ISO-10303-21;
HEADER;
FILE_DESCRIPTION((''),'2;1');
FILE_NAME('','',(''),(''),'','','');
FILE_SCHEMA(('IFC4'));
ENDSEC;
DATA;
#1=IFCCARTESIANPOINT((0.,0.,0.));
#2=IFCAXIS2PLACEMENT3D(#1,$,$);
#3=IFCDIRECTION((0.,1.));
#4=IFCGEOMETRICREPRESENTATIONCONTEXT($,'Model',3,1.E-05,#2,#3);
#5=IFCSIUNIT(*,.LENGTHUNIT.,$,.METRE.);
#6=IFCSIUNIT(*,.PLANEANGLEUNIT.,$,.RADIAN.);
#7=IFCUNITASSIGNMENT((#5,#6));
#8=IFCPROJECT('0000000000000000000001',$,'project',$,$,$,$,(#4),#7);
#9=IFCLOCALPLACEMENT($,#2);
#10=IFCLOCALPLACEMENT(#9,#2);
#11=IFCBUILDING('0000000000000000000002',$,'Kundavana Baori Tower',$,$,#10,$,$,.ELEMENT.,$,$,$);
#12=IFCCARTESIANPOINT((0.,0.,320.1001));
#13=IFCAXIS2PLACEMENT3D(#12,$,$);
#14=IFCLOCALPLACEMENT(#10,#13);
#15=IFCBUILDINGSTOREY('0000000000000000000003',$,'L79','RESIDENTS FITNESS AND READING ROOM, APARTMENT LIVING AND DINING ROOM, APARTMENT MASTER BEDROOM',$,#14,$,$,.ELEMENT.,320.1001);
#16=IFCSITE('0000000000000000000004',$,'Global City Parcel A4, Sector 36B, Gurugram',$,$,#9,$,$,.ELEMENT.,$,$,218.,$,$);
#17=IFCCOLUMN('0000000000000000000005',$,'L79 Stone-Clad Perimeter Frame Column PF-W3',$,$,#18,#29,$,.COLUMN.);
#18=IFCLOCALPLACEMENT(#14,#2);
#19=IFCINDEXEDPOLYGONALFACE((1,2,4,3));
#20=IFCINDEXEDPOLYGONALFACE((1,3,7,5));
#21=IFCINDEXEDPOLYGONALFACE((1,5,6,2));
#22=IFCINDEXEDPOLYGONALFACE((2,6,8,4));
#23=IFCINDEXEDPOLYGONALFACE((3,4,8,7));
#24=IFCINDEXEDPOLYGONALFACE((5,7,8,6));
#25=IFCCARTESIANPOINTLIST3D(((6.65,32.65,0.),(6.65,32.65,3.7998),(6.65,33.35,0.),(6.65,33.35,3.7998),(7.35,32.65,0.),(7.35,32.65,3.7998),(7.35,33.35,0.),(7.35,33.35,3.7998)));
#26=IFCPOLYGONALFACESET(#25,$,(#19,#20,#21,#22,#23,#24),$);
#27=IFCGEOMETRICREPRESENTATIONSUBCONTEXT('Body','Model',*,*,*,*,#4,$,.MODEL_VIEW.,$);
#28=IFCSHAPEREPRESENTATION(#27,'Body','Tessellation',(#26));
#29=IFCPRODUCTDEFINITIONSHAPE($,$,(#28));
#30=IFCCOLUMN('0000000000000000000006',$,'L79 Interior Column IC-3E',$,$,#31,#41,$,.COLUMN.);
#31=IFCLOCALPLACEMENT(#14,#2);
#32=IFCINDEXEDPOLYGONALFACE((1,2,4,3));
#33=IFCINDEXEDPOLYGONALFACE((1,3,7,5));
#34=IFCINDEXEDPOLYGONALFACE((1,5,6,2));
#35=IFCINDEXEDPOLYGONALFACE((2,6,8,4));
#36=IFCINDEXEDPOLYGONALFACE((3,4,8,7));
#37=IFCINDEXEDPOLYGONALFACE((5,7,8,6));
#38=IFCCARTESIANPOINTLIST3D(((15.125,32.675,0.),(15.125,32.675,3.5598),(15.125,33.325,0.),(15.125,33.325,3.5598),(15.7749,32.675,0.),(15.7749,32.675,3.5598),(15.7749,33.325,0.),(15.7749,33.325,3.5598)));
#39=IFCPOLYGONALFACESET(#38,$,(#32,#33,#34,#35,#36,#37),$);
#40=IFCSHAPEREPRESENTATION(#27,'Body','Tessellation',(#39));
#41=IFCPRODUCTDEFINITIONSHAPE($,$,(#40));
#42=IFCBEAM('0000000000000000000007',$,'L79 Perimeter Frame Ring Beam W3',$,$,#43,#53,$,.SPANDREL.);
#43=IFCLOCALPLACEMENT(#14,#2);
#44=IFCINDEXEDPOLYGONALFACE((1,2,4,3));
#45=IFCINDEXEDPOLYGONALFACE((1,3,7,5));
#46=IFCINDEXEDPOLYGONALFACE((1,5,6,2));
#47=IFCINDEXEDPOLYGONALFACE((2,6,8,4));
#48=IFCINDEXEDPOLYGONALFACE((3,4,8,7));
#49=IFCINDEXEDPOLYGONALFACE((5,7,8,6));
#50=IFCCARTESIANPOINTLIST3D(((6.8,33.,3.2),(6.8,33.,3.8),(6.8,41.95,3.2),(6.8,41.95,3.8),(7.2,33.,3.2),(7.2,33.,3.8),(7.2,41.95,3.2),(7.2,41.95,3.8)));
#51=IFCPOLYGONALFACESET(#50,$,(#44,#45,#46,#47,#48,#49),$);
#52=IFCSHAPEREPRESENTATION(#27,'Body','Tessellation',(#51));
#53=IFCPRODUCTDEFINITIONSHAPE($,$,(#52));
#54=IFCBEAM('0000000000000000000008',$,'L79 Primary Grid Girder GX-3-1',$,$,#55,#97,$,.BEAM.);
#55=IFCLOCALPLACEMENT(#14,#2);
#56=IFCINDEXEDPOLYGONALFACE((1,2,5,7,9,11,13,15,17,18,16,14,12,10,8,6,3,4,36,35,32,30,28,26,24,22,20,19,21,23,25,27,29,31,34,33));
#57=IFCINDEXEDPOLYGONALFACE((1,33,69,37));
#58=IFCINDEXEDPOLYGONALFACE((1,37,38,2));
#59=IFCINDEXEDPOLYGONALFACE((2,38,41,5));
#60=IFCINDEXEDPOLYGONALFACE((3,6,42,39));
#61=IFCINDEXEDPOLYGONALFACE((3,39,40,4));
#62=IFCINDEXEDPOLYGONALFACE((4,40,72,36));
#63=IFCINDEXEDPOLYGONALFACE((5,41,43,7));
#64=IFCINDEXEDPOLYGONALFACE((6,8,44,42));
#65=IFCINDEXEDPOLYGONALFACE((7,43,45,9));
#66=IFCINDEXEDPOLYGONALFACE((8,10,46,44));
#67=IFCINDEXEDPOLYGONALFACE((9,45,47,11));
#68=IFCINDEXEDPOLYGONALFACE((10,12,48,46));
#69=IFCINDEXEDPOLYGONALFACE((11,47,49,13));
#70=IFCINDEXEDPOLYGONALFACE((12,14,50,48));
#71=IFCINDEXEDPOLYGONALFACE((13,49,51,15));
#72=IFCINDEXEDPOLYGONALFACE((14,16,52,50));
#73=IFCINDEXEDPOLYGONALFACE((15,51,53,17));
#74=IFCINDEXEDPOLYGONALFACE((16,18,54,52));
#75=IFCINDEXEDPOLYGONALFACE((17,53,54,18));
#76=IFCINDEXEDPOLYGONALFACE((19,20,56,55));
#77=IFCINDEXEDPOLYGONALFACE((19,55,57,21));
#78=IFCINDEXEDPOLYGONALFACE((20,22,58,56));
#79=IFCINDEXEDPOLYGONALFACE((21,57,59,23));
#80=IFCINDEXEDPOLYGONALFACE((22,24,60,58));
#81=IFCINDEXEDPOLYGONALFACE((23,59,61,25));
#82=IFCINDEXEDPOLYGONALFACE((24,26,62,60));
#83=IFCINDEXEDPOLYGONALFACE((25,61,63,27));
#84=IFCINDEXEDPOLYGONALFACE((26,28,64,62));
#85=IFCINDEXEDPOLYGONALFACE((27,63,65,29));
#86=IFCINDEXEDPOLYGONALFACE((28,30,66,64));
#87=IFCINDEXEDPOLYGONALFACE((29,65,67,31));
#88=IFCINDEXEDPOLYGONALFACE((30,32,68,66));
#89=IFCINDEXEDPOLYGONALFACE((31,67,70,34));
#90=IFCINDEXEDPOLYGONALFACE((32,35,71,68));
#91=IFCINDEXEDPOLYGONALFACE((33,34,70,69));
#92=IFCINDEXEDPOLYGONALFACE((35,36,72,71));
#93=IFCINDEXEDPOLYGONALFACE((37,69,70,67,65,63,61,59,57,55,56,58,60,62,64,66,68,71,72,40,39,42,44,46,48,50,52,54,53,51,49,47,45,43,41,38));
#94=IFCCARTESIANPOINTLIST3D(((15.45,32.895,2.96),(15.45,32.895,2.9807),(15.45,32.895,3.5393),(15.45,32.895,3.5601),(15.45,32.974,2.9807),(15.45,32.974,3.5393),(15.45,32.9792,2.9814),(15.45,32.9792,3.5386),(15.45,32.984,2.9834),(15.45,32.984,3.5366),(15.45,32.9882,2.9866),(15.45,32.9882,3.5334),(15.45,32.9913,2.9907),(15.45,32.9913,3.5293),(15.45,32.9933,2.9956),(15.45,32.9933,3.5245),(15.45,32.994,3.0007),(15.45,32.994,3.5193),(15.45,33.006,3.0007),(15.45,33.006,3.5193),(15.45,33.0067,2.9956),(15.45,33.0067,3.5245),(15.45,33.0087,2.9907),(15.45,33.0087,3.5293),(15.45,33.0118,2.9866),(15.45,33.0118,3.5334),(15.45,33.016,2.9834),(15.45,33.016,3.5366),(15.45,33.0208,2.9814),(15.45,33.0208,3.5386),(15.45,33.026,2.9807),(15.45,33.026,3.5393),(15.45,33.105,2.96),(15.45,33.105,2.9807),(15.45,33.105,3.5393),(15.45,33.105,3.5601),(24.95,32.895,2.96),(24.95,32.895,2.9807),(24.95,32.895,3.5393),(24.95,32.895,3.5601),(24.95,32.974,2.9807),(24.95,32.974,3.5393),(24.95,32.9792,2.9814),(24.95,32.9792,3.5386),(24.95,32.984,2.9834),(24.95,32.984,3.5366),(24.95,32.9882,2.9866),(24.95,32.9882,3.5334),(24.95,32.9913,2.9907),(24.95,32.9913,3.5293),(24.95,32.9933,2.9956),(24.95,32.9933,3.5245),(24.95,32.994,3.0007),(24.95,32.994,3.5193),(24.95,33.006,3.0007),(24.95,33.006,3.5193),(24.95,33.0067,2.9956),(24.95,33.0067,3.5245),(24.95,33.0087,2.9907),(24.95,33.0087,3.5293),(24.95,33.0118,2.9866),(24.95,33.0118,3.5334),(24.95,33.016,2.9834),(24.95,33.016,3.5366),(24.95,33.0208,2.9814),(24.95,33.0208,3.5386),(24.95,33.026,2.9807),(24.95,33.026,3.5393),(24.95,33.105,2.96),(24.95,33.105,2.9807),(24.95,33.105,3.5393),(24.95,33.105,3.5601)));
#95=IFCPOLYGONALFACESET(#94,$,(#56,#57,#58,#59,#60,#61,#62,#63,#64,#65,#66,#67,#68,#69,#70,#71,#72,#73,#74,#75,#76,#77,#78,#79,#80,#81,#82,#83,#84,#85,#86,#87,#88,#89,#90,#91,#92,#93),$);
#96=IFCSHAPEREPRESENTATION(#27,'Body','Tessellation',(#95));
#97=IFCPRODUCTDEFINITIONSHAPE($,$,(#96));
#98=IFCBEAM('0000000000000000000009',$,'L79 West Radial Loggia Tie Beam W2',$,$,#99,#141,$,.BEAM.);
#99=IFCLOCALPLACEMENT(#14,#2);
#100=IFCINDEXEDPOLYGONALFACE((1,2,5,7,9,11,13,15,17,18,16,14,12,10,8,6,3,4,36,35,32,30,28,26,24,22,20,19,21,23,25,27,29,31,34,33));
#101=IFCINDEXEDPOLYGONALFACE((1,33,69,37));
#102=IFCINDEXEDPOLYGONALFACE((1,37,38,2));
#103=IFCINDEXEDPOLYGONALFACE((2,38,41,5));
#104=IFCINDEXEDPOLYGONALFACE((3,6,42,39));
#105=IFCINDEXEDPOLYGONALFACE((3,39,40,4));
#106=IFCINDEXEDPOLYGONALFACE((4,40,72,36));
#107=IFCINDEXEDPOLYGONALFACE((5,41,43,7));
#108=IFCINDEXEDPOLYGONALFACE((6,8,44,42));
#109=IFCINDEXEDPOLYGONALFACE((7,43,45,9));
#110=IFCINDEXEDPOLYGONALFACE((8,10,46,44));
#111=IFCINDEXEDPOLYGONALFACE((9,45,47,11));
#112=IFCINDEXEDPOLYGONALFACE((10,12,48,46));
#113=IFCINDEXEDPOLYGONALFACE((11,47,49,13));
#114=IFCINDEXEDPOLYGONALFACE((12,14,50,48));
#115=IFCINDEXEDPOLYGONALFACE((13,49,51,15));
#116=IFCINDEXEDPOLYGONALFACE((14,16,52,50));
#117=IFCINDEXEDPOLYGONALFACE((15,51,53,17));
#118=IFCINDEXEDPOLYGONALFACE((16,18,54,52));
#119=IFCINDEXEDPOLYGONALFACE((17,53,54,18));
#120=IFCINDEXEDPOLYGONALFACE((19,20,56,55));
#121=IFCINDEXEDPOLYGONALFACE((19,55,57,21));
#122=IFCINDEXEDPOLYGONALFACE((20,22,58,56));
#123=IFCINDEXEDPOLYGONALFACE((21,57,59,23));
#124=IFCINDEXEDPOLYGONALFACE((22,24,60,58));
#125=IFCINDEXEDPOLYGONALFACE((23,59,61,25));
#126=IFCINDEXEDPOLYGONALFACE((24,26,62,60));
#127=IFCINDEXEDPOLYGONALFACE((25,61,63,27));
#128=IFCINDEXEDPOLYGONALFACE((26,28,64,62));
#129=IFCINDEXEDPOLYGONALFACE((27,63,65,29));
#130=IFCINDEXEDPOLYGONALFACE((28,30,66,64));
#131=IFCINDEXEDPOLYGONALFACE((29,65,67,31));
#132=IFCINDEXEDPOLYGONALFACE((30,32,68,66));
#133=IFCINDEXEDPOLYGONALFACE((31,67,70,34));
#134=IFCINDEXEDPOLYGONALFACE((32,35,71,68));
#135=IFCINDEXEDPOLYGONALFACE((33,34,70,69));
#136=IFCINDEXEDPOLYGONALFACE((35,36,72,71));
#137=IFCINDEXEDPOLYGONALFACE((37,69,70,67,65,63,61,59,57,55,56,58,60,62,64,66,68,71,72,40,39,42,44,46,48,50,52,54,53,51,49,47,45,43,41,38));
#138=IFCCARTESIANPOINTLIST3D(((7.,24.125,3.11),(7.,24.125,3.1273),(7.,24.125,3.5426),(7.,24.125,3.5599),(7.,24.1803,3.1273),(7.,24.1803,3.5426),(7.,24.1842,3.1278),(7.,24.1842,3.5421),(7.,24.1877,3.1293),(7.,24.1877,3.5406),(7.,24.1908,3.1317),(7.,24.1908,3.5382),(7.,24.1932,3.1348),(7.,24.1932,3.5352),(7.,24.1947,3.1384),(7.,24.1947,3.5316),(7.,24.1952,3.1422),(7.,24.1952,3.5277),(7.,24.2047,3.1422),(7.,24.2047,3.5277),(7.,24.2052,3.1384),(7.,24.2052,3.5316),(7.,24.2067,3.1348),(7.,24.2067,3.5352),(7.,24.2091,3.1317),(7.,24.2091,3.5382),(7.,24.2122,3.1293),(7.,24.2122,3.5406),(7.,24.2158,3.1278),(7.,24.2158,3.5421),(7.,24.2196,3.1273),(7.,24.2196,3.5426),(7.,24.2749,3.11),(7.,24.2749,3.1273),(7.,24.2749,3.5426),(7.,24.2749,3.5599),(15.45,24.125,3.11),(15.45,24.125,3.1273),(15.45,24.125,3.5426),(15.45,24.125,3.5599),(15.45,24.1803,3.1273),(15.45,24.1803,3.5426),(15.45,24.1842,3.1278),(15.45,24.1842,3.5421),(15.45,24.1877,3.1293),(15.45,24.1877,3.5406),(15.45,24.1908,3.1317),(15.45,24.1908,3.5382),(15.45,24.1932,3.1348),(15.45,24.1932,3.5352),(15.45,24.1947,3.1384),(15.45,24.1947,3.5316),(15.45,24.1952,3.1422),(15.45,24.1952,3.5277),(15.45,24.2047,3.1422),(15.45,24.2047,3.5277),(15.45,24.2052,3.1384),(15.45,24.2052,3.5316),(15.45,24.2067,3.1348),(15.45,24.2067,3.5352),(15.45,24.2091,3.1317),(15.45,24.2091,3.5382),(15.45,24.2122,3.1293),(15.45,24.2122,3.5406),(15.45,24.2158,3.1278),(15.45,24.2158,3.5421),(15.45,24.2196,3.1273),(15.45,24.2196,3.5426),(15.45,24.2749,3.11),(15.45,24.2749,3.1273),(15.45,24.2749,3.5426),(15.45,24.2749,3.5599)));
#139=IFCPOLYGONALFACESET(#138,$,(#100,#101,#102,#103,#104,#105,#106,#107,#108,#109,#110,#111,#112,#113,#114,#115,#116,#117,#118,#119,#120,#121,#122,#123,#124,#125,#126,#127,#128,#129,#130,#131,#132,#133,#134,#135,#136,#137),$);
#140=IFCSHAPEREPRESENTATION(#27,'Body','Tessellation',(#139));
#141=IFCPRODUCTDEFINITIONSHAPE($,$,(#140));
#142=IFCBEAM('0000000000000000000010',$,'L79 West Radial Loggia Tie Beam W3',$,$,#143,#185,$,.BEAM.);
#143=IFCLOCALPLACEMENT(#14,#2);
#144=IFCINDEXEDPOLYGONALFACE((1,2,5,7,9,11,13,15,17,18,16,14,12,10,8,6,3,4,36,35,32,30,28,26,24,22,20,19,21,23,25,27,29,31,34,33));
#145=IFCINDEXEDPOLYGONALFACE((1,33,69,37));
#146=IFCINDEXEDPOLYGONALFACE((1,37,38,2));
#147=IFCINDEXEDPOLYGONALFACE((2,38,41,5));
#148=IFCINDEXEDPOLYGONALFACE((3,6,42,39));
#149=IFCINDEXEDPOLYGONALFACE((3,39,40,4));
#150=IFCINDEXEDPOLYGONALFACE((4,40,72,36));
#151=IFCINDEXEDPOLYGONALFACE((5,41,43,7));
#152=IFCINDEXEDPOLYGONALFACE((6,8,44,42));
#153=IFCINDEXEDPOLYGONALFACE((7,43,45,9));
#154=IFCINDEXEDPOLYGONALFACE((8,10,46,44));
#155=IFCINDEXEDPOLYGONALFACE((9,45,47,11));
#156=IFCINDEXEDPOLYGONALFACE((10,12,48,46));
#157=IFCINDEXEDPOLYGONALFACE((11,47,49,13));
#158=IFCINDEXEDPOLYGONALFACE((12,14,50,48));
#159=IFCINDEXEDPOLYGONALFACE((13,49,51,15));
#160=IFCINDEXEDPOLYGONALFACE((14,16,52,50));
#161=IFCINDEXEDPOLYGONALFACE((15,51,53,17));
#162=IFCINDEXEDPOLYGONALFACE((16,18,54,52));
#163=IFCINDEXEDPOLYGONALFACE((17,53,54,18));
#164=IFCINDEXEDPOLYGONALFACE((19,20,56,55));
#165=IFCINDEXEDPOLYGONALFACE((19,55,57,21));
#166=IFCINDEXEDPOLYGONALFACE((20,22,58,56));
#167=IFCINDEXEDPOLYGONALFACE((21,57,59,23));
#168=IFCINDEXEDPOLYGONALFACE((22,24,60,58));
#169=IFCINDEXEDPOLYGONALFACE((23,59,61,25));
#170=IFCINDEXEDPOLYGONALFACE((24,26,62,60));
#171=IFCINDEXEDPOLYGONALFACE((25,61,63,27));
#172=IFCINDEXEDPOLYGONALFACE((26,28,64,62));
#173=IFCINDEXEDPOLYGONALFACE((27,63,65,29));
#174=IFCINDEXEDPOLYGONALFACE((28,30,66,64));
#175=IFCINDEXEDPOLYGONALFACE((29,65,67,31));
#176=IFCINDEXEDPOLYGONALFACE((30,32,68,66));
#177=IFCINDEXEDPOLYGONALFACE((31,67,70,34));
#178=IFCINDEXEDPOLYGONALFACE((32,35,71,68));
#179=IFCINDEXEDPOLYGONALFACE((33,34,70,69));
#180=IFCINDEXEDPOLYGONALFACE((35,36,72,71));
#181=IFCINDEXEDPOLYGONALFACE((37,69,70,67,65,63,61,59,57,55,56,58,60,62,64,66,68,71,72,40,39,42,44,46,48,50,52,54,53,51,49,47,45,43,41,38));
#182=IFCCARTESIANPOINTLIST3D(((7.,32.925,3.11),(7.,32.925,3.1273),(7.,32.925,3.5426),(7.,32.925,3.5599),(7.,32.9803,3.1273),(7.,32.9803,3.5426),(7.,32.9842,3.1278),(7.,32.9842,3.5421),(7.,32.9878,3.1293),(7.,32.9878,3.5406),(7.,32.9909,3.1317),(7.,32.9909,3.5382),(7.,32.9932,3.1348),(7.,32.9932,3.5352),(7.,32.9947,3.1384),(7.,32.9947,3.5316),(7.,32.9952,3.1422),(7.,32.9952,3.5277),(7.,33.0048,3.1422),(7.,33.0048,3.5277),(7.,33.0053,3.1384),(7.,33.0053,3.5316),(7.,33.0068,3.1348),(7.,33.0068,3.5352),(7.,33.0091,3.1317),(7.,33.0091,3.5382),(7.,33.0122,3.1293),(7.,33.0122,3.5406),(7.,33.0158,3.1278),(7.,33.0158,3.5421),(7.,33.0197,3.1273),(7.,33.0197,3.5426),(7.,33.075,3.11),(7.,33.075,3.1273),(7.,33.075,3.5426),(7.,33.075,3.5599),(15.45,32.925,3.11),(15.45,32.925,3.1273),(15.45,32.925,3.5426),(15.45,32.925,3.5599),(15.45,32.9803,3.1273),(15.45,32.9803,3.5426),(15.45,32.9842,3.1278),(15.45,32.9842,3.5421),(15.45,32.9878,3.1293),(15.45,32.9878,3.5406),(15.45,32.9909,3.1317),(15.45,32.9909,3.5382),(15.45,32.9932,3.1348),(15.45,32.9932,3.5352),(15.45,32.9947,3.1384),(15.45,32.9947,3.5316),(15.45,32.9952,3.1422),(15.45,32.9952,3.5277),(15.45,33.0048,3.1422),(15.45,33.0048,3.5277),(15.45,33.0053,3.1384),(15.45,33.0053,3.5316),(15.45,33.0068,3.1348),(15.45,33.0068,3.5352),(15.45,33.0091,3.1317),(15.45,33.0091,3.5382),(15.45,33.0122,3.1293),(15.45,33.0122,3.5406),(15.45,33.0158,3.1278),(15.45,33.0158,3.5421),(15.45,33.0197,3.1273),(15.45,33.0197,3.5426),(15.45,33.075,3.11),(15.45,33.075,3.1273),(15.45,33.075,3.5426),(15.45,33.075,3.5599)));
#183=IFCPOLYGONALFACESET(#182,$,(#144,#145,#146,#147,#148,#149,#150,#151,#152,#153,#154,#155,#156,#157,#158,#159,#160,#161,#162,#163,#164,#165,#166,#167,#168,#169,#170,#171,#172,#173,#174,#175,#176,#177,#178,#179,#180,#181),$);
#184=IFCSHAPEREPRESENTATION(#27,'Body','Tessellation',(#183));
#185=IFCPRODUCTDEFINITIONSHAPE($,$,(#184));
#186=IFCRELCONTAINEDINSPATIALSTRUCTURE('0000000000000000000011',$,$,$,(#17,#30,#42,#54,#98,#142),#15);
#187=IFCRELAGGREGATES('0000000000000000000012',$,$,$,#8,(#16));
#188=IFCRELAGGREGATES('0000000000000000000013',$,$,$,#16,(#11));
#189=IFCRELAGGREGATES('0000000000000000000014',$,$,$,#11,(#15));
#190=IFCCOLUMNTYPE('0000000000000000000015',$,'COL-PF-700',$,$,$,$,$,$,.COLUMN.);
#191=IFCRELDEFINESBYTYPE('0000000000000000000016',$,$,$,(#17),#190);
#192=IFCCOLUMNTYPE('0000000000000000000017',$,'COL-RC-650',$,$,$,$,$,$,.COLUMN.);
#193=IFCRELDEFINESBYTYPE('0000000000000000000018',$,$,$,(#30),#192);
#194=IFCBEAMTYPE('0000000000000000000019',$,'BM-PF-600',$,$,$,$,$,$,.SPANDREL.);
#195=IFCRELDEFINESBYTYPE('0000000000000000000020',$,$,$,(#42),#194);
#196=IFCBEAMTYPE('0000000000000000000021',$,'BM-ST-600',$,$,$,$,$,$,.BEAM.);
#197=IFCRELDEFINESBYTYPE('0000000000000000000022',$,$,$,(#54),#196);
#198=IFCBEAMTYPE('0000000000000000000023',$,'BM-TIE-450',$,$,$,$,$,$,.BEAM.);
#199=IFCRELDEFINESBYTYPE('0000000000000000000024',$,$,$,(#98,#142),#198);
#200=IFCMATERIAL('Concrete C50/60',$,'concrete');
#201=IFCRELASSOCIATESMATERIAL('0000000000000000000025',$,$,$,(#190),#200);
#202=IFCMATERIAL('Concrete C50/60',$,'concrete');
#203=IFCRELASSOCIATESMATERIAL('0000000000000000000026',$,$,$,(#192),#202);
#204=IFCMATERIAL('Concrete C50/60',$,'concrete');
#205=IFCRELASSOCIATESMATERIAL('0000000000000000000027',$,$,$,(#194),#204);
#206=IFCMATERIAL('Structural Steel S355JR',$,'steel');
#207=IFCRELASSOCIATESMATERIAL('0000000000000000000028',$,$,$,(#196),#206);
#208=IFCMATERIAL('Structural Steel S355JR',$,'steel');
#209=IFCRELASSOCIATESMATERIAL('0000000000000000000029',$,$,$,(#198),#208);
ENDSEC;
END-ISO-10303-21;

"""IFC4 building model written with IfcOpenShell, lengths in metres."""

from ifc_helpers import new_model, si_unit, direction, frame, origin, origin_2d, place, context, subcontext, project, spatial, rectangle, i_section, extrude, material, material_profile, profile_set, type_object, element, save


model = new_model("IFC4")

# Units and contexts
model_context = context("Model", 3, precision=1e-05, world=origin(), true_north=direction((0.0, 1.0)))
body_context = subcontext(model_context, "Body", "Model", "MODEL_VIEW")
ifc_project = project(units=[si_unit("LENGTHUNIT", "METRE"), si_unit("PLANEANGLEUNIT", "RADIAN")], contexts=[model_context])

# Site, building, storey
site_placement = place(None, origin())
site = spatial("IfcSite", under=ifc_project, at=site_placement, Name="Global City Parcel A4, Sector 36B, Gurugram", CompositionType="ELEMENT", RefElevation=218.0)
building_placement = place(site_placement, origin())
building = spatial("IfcBuilding", under=site, at=building_placement, Name="Kundavana Baori Tower", CompositionType="ELEMENT")
storey_placement = place(building_placement, frame((0.0, 0.0, 320.1001)))
storey = spatial("IfcBuildingStorey", under=building, at=storey_placement, Name="L79", Description="RESIDENTS FITNESS AND READING ROOM, APARTMENT LIVING AND DINING ROOM, APARTMENT MASTER BEDROOM", CompositionType="ELEMENT", Elevation=320.1001)

# Columns
ifc_material_1 = material(Name="Concrete C50/60", Category="concrete")
ifc_material_profile_1 = material_profile(ifc_material_1, rectangle(XDim=0.7, YDim=0.7, at=origin_2d()), Name="RC PF 700x700")
ifc_profile_set_1 = profile_set([ifc_material_profile_1], Name="Concrete C50/60")
column_type_1 = type_object("IfcColumnType", Name="COL-PF-700", PredefinedType="COLUMN", material=ifc_profile_set_1)
column_1_placement = place(storey_placement, frame((7.0, 33.0, 0.0), z_axis=(0.0, 0.0, 1.0), x_axis=(1.0, 0.0, 0.0)))
element("IfcColumn", 1, at=column_1_placement, inside=storey, type_object=column_type_1, Name="L79 Stone-Clad Perimeter Frame Column PF-W3", PredefinedType="COLUMN", context=body_context, shape_type="SweptSolid", body=[
    extrude(rectangle(XDim=0.7, YDim=0.7, at=origin_2d()), origin(), (0.0, 0.0, 1.0), 3.7998),
])
ifc_material_2 = material(Name="Concrete C50/60", Category="concrete")
ifc_material_profile_2 = material_profile(ifc_material_2, rectangle(XDim=0.6499, YDim=0.6499, at=origin_2d()), Name="RC 650x650")
ifc_profile_set_2 = profile_set([ifc_material_profile_2], Name="Concrete C50/60")
column_type_2 = type_object("IfcColumnType", Name="COL-RC-650", PredefinedType="COLUMN", material=ifc_profile_set_2)
column_2_placement = place(storey_placement, frame((15.45, 33.0, 0.0), z_axis=(0.0, 0.0, 1.0), x_axis=(1.0, 0.0, 0.0)))
element("IfcColumn", 2, at=column_2_placement, inside=storey, type_object=column_type_2, Name="L79 Interior Column IC-3E", PredefinedType="COLUMN", context=body_context, shape_type="SweptSolid", body=[
    extrude(rectangle(XDim=0.6499, YDim=0.6499, at=origin_2d()), origin(), (0.0, 0.0, 1.0), 3.5598),
])

# Beams
ifc_material_3 = material(Name="Concrete C50/60", Category="concrete")
ifc_material_profile_3 = material_profile(ifc_material_3, rectangle(XDim=0.3999, YDim=0.6001, at=origin_2d()), Name="RC BM 400x600")
ifc_profile_set_3 = profile_set([ifc_material_profile_3], Name="Concrete C50/60")
beam_type_1 = type_object("IfcBeamType", Name="BM-PF-600", PredefinedType="SPANDREL", material=ifc_profile_set_3)
beam_1_placement = place(storey_placement, frame((7.0, 33.0, 3.5), z_axis=(0.0, 1.0, 0.0), x_axis=(-1.0, 0.0, 0.0)))
element("IfcBeam", 3, at=beam_1_placement, inside=storey, type_object=beam_type_1, Name="L79 Perimeter Frame Ring Beam W3", PredefinedType="SPANDREL", context=body_context, shape_type="SweptSolid", body=[
    extrude(rectangle(XDim=0.3999, YDim=0.6001, at=origin_2d()), origin(), (0.0, 0.0, 1.0), 8.95),
])
ifc_material_4 = material(Name="Structural Steel S355JR", Category="steel")
ifc_material_profile_4 = material_profile(ifc_material_4, i_section(OverallWidth=0.21, OverallDepth=0.6001, WebThickness=0.012, FlangeThickness=0.0208, FilletRadius=0.02, at=origin_2d()), Name="ISMB 600")
ifc_profile_set_4 = profile_set([ifc_material_profile_4], Name="Structural Steel S355JR")
beam_type_2 = type_object("IfcBeamType", Name="BM-ST-600", PredefinedType="BEAM", material=ifc_profile_set_4)
beam_2_placement = place(storey_placement, frame((15.45, 33.0, 3.26), z_axis=(1.0, 0.0, 0.0), x_axis=(0.0, 1.0, 0.0)))
element("IfcBeam", 4, at=beam_2_placement, inside=storey, type_object=beam_type_2, Name="L79 Primary Grid Girder GX-3-1", PredefinedType="BEAM", context=body_context, shape_type="SweptSolid", body=[
    extrude(i_section(OverallWidth=0.21, OverallDepth=0.6001, WebThickness=0.012, FlangeThickness=0.0208, FilletRadius=0.02, at=origin_2d()), origin(), (0.0, 0.0, 1.0), 9.5),
])
ifc_material_5 = material(Name="Structural Steel S355JR", Category="steel")
ifc_material_profile_5 = material_profile(ifc_material_5, i_section(OverallWidth=0.1499, OverallDepth=0.45, WebThickness=0.0095, FlangeThickness=0.0173, FilletRadius=0.0149, at=origin_2d()), Name="ISMB 450")
ifc_profile_set_5 = profile_set([ifc_material_profile_5], Name="Structural Steel S355JR")
beam_type_3 = type_object("IfcBeamType", Name="BM-TIE-450", PredefinedType="BEAM", material=ifc_profile_set_5)
for number, where, z_axis, x_axis, name in (
    (5, (15.45, 24.2, 3.335), (-1.0, 0.0, 0.0), (0.0, -1.0, 0.0), "L79 West Radial Loggia Tie Beam W2"),
    (6, (15.45, 33.0, 3.335), (-1.0, 0.0, 0.0), (0.0, -1.0, 0.0), "L79 West Radial Loggia Tie Beam W3"),
):
    element("IfcBeam", number, at=place(storey_placement, frame(where, z_axis=z_axis, x_axis=x_axis)), inside=storey, type_object=beam_type_3, Name=name, PredefinedType="BEAM", context=body_context, shape_type="SweptSolid", body=[
        extrude(i_section(OverallWidth=0.1499, OverallDepth=0.45, WebThickness=0.0095, FlangeThickness=0.0173, FilletRadius=0.0149, at=origin_2d()), origin(), (0.0, 0.0, 1.0), 8.45),
    ])

save(model, "model.ifc")
